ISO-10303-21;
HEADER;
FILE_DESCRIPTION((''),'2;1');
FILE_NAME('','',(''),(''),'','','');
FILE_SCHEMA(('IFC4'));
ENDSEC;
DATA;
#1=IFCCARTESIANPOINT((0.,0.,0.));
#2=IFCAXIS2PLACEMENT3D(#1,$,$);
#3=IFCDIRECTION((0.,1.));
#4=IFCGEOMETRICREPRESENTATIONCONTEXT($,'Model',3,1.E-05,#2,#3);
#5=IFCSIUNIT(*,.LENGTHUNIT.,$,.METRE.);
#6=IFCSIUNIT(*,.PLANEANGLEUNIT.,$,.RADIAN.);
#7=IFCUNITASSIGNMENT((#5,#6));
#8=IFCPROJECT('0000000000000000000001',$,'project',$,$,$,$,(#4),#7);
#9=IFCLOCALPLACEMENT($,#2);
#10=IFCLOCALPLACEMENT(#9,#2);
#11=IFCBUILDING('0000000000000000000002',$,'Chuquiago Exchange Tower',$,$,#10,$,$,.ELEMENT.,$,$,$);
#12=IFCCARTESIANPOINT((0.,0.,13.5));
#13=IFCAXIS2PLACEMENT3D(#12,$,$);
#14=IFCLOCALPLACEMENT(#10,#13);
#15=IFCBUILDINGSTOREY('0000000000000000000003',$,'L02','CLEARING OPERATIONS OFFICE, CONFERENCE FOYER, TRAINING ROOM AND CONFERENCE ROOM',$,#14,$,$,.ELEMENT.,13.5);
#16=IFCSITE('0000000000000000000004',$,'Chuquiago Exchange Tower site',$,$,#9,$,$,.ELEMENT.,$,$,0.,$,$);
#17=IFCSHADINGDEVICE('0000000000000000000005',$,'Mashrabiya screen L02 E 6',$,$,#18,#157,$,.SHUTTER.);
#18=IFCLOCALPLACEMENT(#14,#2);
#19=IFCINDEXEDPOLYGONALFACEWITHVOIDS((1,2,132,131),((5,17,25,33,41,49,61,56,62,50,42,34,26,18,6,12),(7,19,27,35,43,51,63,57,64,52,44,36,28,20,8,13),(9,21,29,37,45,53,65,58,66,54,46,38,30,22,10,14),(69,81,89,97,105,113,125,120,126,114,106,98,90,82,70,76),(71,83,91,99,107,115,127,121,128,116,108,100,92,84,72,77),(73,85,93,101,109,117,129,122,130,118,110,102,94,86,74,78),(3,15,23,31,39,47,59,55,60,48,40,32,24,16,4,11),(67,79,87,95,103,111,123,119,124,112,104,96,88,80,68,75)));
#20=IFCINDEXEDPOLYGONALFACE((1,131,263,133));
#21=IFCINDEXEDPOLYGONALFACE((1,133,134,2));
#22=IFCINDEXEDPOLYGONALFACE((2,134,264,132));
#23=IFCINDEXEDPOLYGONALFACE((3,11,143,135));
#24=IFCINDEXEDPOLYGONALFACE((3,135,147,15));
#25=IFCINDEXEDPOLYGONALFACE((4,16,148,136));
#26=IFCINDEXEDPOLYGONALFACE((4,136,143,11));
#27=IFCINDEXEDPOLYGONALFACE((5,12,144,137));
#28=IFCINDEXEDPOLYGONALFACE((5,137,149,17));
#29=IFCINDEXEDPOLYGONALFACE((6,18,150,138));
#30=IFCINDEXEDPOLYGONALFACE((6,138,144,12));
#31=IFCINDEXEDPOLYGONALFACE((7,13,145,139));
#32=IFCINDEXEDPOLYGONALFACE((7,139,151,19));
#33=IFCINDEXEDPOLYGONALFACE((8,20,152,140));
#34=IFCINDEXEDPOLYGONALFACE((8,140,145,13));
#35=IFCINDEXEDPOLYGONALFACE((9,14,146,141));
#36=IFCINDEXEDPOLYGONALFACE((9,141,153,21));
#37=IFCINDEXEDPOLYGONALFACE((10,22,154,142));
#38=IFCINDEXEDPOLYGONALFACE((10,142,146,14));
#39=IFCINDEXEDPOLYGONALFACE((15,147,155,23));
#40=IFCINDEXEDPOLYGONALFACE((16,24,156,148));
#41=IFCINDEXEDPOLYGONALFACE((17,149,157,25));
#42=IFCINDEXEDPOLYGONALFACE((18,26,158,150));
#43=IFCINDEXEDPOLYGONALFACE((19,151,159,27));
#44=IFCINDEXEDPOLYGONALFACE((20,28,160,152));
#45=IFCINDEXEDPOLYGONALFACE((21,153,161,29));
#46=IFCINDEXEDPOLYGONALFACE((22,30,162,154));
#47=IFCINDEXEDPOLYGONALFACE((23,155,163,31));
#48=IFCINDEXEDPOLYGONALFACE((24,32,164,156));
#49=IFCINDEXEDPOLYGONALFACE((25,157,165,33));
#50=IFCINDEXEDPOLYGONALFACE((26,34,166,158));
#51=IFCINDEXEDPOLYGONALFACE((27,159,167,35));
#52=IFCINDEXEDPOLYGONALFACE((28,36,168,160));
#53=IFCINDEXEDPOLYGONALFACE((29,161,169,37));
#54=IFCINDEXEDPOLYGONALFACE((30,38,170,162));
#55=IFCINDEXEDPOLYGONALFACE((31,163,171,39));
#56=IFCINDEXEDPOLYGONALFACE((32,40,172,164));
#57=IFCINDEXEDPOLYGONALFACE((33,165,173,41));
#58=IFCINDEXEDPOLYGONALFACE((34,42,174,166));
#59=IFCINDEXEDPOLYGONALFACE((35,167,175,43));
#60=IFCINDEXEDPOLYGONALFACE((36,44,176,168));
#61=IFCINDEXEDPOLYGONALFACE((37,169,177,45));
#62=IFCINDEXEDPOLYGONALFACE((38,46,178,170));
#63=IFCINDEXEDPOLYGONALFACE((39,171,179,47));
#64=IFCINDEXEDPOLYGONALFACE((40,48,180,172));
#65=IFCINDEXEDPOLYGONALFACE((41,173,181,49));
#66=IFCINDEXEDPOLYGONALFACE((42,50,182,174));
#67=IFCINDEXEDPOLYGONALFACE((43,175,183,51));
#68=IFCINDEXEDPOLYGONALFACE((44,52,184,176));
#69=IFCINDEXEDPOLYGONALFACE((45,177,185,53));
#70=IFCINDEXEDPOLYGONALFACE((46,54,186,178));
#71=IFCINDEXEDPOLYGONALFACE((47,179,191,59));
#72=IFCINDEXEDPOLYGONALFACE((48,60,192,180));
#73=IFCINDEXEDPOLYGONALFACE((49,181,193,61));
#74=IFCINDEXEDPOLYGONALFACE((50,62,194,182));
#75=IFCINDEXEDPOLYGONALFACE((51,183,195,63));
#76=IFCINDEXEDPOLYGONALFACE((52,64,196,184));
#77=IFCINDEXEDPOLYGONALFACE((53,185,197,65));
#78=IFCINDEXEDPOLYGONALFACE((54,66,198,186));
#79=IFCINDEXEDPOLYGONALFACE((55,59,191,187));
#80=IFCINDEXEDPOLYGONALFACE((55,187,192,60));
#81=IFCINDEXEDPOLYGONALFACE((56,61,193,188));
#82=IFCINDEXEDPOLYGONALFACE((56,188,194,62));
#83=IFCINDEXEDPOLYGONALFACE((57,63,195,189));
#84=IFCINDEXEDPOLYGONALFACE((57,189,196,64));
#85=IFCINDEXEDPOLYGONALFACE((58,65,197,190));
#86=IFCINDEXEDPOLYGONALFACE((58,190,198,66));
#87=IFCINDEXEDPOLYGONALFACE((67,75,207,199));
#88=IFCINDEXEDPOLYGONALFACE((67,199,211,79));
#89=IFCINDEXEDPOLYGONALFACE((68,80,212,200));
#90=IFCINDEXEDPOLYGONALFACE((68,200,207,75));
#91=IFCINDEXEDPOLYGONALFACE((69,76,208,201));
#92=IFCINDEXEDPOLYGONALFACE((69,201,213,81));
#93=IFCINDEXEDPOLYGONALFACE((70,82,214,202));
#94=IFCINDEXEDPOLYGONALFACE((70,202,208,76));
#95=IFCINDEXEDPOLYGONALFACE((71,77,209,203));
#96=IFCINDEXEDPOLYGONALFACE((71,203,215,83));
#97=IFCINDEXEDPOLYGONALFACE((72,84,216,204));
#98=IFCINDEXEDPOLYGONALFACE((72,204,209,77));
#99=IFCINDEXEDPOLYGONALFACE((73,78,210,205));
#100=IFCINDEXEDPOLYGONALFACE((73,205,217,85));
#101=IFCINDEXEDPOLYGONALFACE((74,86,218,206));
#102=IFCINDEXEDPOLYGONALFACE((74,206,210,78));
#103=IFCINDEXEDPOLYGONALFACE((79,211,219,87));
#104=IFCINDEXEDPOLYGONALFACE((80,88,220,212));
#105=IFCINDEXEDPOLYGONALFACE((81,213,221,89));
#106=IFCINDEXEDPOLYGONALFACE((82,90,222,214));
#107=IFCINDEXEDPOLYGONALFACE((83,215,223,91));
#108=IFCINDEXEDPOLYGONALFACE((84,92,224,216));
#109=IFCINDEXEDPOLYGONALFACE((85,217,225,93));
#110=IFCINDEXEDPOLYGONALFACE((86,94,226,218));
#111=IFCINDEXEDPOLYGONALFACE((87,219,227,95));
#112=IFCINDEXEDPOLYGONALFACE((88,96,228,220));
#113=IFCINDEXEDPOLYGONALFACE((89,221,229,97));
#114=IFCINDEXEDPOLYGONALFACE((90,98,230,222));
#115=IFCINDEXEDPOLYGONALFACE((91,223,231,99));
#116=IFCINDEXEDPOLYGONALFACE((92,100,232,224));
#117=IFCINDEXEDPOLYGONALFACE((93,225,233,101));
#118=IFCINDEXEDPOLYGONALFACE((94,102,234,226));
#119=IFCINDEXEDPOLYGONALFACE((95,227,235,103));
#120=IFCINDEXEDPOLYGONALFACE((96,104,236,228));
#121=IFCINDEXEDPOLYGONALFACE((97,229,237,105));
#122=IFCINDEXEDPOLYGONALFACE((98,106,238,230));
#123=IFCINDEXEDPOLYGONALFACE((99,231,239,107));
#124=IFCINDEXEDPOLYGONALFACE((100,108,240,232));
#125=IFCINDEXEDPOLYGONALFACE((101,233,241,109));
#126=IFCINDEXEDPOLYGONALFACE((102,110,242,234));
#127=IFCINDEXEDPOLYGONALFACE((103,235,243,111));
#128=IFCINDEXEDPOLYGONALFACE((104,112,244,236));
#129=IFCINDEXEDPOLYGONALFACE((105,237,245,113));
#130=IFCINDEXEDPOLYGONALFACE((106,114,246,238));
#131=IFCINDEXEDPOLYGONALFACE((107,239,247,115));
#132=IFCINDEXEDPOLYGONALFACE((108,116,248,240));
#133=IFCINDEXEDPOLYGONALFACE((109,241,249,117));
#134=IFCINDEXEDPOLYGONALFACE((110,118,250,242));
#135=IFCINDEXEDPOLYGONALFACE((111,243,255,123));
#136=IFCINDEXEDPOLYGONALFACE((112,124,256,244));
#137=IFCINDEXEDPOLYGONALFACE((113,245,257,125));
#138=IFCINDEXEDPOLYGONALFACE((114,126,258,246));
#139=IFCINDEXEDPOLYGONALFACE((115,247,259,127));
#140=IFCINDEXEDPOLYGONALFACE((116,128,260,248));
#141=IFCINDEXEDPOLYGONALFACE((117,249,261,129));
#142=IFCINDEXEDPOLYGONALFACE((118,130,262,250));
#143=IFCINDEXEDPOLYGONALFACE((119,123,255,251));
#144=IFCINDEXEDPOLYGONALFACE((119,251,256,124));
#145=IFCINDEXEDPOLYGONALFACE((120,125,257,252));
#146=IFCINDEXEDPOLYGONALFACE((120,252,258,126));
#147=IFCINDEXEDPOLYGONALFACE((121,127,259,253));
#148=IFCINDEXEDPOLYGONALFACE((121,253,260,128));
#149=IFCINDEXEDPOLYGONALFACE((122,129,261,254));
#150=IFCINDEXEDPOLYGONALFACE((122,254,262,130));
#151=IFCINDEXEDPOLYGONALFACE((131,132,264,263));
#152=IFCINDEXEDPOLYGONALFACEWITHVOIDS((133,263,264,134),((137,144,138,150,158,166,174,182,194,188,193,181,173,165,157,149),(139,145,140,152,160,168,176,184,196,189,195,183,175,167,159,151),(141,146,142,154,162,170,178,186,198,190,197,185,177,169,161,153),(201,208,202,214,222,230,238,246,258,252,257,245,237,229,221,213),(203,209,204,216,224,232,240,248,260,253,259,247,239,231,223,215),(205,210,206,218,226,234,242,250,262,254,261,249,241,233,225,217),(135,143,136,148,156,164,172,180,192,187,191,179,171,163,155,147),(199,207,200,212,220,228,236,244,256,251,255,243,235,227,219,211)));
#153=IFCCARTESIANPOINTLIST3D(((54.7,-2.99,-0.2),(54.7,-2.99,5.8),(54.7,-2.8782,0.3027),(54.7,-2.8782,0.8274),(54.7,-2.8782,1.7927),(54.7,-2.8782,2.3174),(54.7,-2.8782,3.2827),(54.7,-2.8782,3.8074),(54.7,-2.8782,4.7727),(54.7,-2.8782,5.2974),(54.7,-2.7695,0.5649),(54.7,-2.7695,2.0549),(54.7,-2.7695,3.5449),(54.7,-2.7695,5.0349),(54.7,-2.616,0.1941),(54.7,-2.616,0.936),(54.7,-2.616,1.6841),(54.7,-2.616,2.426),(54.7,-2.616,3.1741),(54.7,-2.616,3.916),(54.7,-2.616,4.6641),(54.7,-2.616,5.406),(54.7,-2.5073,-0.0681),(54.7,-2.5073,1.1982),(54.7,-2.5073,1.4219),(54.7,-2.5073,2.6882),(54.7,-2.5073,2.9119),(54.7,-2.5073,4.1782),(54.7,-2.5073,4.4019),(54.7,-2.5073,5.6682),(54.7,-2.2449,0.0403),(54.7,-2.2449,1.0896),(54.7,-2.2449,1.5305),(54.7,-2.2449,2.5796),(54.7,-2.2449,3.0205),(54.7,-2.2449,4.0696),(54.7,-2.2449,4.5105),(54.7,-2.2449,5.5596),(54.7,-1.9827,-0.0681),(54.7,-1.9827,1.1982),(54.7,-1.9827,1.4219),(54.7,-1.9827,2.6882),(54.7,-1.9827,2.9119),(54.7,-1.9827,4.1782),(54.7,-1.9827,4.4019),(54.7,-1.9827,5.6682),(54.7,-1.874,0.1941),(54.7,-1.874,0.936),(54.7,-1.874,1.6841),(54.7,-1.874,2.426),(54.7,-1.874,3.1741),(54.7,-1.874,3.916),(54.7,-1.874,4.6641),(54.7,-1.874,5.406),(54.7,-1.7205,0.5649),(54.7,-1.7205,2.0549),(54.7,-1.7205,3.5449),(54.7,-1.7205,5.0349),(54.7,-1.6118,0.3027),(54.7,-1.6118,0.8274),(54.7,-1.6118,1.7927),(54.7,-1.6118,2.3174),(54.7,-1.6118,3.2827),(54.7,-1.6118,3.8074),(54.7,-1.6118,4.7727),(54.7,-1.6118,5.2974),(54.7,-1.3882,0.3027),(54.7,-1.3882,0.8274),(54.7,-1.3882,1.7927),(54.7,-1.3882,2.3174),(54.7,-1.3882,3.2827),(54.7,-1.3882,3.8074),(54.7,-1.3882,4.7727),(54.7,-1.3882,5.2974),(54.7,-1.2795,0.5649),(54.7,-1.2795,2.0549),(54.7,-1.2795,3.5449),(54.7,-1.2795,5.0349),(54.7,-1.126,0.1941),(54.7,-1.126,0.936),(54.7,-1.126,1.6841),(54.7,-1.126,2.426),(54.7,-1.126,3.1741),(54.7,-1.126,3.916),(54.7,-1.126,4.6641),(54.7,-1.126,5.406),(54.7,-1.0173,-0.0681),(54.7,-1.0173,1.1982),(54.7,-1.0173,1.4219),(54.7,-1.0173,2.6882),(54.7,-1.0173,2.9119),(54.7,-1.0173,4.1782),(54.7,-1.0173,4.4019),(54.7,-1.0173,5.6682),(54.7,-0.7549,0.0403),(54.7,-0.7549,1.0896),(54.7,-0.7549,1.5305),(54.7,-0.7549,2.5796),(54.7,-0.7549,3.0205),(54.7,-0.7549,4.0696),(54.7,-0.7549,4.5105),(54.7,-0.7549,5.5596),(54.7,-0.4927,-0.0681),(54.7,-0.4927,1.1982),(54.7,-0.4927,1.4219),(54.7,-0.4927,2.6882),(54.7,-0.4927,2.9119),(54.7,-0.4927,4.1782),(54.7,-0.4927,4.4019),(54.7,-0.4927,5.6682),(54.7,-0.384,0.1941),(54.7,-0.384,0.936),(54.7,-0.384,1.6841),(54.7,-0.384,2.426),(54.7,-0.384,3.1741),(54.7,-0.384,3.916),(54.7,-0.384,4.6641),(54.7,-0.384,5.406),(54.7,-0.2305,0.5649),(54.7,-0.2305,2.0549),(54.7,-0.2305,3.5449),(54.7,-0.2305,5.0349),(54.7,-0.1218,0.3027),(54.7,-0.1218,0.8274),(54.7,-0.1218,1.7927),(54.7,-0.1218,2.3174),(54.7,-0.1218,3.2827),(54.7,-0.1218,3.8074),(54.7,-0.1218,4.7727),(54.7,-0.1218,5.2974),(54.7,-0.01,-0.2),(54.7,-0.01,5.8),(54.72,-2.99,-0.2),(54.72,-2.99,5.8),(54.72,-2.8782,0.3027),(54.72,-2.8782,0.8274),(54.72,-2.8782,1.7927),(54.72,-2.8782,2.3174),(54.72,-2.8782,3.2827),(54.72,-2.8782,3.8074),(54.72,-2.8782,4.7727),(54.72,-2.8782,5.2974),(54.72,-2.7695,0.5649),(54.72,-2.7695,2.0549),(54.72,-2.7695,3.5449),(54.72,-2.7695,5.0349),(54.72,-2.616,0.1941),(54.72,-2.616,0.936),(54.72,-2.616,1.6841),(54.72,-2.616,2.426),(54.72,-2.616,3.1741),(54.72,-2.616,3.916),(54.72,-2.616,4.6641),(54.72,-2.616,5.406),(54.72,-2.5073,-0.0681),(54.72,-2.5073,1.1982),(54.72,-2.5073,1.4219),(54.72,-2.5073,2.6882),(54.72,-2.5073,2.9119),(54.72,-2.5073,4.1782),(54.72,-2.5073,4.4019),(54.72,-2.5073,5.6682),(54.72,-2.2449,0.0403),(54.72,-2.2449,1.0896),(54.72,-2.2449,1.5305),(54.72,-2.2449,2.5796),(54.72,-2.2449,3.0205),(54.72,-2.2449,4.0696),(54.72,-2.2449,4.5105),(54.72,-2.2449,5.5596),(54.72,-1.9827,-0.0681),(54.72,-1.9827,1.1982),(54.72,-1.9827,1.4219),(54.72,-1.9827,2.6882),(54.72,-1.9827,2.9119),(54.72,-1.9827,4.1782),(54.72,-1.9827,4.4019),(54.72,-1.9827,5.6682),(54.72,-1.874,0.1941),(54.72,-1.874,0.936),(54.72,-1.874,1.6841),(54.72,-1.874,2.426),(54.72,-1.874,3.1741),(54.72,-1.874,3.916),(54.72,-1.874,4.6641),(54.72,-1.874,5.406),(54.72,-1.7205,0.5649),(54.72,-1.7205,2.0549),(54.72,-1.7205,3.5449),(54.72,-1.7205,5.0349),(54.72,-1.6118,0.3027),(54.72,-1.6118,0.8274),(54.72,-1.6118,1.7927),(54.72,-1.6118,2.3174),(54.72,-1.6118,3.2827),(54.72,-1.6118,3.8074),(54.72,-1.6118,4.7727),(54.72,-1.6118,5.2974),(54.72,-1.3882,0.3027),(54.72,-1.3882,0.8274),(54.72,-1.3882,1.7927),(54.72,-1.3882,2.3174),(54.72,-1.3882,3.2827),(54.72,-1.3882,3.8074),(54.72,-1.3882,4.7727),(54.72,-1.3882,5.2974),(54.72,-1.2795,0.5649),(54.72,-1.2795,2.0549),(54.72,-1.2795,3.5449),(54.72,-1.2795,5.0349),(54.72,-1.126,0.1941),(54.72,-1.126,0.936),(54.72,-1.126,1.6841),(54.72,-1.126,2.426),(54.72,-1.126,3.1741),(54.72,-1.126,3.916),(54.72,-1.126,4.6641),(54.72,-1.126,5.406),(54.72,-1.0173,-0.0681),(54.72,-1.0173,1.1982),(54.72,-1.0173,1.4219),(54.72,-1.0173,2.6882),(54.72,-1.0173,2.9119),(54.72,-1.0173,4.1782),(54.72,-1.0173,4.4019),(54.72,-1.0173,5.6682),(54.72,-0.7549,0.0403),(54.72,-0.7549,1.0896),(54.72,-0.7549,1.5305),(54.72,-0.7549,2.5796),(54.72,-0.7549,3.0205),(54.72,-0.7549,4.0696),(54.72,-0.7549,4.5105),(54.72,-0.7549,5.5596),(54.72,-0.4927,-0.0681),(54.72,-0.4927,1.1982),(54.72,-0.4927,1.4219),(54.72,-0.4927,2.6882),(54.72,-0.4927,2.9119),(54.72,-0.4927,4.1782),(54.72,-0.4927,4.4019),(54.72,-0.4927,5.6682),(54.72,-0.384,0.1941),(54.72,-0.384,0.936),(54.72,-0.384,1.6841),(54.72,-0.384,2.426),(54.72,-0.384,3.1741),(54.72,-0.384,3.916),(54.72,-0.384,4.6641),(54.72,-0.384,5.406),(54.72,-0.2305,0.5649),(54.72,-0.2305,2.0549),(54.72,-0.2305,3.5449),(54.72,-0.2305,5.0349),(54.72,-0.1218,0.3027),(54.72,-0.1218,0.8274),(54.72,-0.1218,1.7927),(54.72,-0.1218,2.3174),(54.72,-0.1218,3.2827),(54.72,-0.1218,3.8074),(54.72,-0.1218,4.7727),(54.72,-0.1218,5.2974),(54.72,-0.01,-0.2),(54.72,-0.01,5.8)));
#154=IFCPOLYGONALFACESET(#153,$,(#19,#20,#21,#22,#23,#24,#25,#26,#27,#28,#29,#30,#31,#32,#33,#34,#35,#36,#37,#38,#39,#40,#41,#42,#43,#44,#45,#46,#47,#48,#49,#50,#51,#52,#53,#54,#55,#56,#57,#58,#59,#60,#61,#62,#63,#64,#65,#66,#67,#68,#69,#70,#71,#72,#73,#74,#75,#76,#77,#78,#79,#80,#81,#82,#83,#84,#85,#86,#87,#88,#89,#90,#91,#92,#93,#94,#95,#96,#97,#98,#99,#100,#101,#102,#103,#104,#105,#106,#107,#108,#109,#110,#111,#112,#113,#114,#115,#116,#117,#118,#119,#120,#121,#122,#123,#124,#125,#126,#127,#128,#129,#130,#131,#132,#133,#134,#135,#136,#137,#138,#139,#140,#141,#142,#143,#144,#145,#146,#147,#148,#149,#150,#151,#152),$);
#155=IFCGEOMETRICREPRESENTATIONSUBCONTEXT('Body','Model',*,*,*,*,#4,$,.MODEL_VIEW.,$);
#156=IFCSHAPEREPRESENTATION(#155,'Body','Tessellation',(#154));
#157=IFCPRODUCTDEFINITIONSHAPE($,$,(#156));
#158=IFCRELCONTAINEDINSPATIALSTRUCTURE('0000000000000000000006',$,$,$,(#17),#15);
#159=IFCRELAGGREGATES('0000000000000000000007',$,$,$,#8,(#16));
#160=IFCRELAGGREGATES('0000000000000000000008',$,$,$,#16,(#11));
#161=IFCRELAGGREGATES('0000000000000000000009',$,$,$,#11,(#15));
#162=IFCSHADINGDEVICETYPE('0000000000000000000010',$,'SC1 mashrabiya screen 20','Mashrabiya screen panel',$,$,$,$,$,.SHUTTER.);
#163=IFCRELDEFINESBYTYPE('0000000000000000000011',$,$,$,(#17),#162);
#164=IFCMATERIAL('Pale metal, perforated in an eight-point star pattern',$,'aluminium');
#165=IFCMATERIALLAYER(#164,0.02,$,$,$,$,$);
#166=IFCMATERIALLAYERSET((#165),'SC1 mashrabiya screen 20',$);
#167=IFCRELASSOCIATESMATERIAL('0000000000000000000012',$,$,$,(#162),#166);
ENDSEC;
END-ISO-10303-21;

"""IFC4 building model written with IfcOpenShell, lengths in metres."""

from ifc_helpers import new_model, si_unit, direction, frame, origin, place, context, subcontext, project, spatial, polyline, outline, extrude, material, layer, layer_set, type_object, element, save


model = new_model("IFC4")

# Units and contexts
model_context = context("Model", 3, precision=1e-05, world=origin(), true_north=direction((0.0, 1.0)))
body_context = subcontext(model_context, "Body", "Model", "MODEL_VIEW")
ifc_project = project(units=[si_unit("LENGTHUNIT", "METRE"), si_unit("PLANEANGLEUNIT", "RADIAN")], contexts=[model_context])

# Site, building, storey
site_placement = place(None, origin())
site = spatial("IfcSite", under=ifc_project, at=site_placement, Name="Chuquiago Exchange Tower site", CompositionType="ELEMENT", RefElevation=0.0)
building_placement = place(site_placement, origin())
building = spatial("IfcBuilding", under=site, at=building_placement, Name="Chuquiago Exchange Tower", CompositionType="ELEMENT")
storey_placement = place(building_placement, frame((0.0, 0.0, 13.5)))
storey = spatial("IfcBuildingStorey", under=building, at=storey_placement, Name="L02", Description="CLEARING OPERATIONS OFFICE, CONFERENCE FOYER, TRAINING ROOM AND CONFERENCE ROOM", CompositionType="ELEMENT", Elevation=13.5)

# Shading device
ifc_material_1 = material(Name="Pale metal, perforated in an eight-point star pattern", Category="aluminium")
ifc_layer_1 = layer(ifc_material_1, 0.02)
ifc_layer_set_1 = layer_set([ifc_layer_1], Name="SC1 mashrabiya screen 20")
shading_device_type = type_object("IfcShadingDeviceType", Name="SC1 mashrabiya screen 20", Description="Mashrabiya screen panel", PredefinedType="SHUTTER", material=ifc_layer_set_1)
shading_device_1_placement = place(storey_placement, frame((54.7, -2.99, -0.2), z_axis=(0.0, 0.0, 1.0), x_axis=(0.0, 1.0, 0.0)))
element("IfcShadingDevice", 1, at=shading_device_1_placement, inside=storey, type_object=shading_device_type, Name="Mashrabiya screen L02 E 6", PredefinedType="SHUTTER", context=body_context, shape_type="SweptSolid", body=[
    extrude(outline(polyline([(0.0, 0.0), (2.98, 0.0), (2.98, 6.0), (0.0, 6.0), (0.0, 0.0)]), holes=[polyline([(1.2695, 0.7649), (1.3782, 1.0273), (1.116, 1.136), (1.0073, 1.3982), (0.7451, 1.2896), (0.4827, 1.3982), (0.374, 1.136), (0.1118, 1.0273), (0.2205, 0.7649), (0.1118, 0.5027), (0.374, 0.394), (0.4827, 0.1318), (0.7451, 0.2402), (1.0073, 0.1318), (1.116, 0.394), (1.3782, 0.5027), (1.2695, 0.7649)]), polyline([(2.7595, 0.7649), (2.8682, 1.0273), (2.606, 1.136), (2.4973, 1.3982), (2.2351, 1.2896), (1.9727, 1.3982), (1.864, 1.136), (1.6018, 1.0273), (1.7104, 0.7649), (1.6018, 0.5027), (1.864, 0.394), (1.9727, 0.1318), (2.2351, 0.2402), (2.4973, 0.1318), (2.606, 0.394), (2.8682, 0.5027), (2.7595, 0.7649)]), polyline([(1.2695, 2.2549), (1.3782, 2.5173), (1.116, 2.626), (1.0073, 2.8882), (0.7451, 2.7795), (0.4827, 2.8882), (0.374, 2.626), (0.1118, 2.5173), (0.2205, 2.2549), (0.1118, 1.9927), (0.374, 1.884), (0.4827, 1.6218), (0.7451, 1.7305), (1.0073, 1.6218), (1.116, 1.884), (1.3782, 1.9927), (1.2695, 2.2549)]), polyline([(2.7595, 2.2549), (2.8682, 2.5173), (2.606, 2.626), (2.4973, 2.8882), (2.2351, 2.7795), (1.9727, 2.8882), (1.864, 2.626), (1.6018, 2.5173), (1.7104, 2.2549), (1.6018, 1.9927), (1.864, 1.884), (1.9727, 1.6218), (2.2351, 1.7305), (2.4973, 1.6218), (2.606, 1.884), (2.8682, 1.9927), (2.7595, 2.2549)]), polyline([(1.2695, 3.7449), (1.3782, 4.0073), (1.116, 4.116), (1.0073, 4.3782), (0.7451, 4.2695), (0.4827, 4.3782), (0.374, 4.116), (0.1118, 4.0073), (0.2205, 3.7449), (0.1118, 3.4827), (0.374, 3.374), (0.4827, 3.1118), (0.7451, 3.2205), (1.0073, 3.1118), (1.116, 3.374), (1.3782, 3.4827), (1.2695, 3.7449)]), polyline([(2.7595, 3.7449), (2.8682, 4.0073), (2.606, 4.116), (2.4973, 4.3782), (2.2351, 4.2695), (1.9727, 4.3782), (1.864, 4.116), (1.6018, 4.0073), (1.7104, 3.7449), (1.6018, 3.4827), (1.864, 3.374), (1.9727, 3.1118), (2.2351, 3.2205), (2.4973, 3.1118), (2.606, 3.374), (2.8682, 3.4827), (2.7595, 3.7449)]), polyline([(1.2695, 5.2349), (1.3782, 5.4973), (1.116, 5.606), (1.0073, 5.8682), (0.7451, 5.7595), (0.4827, 5.8682), (0.374, 5.606), (0.1118, 5.4973), (0.2205, 5.2349), (0.1118, 4.9727), (0.374, 4.864), (0.4827, 4.6018), (0.7451, 4.7104), (1.0073, 4.6018), (1.116, 4.864), (1.3782, 4.9727), (1.2695, 5.2349)]), polyline([(2.7595, 5.2349), (2.8682, 5.4973), (2.606, 5.606), (2.4973, 5.8682), (2.2351, 5.7595), (1.9727, 5.8682), (1.864, 5.606), (1.6018, 5.4973), (1.7104, 5.2349), (1.6018, 4.9727), (1.864, 4.864), (1.9727, 4.6018), (2.2351, 4.7104), (2.4973, 4.6018), (2.606, 4.864), (2.8682, 4.9727), (2.7595, 5.2349)])]), frame((0.0, 0.0, 0.0), z_axis=(0.0, -1.0, 0.0), x_axis=(1.0, 0.0, 0.0)), (0.0, 0.0, 1.0), 0.02),
])

save(model, "model.ifc")
